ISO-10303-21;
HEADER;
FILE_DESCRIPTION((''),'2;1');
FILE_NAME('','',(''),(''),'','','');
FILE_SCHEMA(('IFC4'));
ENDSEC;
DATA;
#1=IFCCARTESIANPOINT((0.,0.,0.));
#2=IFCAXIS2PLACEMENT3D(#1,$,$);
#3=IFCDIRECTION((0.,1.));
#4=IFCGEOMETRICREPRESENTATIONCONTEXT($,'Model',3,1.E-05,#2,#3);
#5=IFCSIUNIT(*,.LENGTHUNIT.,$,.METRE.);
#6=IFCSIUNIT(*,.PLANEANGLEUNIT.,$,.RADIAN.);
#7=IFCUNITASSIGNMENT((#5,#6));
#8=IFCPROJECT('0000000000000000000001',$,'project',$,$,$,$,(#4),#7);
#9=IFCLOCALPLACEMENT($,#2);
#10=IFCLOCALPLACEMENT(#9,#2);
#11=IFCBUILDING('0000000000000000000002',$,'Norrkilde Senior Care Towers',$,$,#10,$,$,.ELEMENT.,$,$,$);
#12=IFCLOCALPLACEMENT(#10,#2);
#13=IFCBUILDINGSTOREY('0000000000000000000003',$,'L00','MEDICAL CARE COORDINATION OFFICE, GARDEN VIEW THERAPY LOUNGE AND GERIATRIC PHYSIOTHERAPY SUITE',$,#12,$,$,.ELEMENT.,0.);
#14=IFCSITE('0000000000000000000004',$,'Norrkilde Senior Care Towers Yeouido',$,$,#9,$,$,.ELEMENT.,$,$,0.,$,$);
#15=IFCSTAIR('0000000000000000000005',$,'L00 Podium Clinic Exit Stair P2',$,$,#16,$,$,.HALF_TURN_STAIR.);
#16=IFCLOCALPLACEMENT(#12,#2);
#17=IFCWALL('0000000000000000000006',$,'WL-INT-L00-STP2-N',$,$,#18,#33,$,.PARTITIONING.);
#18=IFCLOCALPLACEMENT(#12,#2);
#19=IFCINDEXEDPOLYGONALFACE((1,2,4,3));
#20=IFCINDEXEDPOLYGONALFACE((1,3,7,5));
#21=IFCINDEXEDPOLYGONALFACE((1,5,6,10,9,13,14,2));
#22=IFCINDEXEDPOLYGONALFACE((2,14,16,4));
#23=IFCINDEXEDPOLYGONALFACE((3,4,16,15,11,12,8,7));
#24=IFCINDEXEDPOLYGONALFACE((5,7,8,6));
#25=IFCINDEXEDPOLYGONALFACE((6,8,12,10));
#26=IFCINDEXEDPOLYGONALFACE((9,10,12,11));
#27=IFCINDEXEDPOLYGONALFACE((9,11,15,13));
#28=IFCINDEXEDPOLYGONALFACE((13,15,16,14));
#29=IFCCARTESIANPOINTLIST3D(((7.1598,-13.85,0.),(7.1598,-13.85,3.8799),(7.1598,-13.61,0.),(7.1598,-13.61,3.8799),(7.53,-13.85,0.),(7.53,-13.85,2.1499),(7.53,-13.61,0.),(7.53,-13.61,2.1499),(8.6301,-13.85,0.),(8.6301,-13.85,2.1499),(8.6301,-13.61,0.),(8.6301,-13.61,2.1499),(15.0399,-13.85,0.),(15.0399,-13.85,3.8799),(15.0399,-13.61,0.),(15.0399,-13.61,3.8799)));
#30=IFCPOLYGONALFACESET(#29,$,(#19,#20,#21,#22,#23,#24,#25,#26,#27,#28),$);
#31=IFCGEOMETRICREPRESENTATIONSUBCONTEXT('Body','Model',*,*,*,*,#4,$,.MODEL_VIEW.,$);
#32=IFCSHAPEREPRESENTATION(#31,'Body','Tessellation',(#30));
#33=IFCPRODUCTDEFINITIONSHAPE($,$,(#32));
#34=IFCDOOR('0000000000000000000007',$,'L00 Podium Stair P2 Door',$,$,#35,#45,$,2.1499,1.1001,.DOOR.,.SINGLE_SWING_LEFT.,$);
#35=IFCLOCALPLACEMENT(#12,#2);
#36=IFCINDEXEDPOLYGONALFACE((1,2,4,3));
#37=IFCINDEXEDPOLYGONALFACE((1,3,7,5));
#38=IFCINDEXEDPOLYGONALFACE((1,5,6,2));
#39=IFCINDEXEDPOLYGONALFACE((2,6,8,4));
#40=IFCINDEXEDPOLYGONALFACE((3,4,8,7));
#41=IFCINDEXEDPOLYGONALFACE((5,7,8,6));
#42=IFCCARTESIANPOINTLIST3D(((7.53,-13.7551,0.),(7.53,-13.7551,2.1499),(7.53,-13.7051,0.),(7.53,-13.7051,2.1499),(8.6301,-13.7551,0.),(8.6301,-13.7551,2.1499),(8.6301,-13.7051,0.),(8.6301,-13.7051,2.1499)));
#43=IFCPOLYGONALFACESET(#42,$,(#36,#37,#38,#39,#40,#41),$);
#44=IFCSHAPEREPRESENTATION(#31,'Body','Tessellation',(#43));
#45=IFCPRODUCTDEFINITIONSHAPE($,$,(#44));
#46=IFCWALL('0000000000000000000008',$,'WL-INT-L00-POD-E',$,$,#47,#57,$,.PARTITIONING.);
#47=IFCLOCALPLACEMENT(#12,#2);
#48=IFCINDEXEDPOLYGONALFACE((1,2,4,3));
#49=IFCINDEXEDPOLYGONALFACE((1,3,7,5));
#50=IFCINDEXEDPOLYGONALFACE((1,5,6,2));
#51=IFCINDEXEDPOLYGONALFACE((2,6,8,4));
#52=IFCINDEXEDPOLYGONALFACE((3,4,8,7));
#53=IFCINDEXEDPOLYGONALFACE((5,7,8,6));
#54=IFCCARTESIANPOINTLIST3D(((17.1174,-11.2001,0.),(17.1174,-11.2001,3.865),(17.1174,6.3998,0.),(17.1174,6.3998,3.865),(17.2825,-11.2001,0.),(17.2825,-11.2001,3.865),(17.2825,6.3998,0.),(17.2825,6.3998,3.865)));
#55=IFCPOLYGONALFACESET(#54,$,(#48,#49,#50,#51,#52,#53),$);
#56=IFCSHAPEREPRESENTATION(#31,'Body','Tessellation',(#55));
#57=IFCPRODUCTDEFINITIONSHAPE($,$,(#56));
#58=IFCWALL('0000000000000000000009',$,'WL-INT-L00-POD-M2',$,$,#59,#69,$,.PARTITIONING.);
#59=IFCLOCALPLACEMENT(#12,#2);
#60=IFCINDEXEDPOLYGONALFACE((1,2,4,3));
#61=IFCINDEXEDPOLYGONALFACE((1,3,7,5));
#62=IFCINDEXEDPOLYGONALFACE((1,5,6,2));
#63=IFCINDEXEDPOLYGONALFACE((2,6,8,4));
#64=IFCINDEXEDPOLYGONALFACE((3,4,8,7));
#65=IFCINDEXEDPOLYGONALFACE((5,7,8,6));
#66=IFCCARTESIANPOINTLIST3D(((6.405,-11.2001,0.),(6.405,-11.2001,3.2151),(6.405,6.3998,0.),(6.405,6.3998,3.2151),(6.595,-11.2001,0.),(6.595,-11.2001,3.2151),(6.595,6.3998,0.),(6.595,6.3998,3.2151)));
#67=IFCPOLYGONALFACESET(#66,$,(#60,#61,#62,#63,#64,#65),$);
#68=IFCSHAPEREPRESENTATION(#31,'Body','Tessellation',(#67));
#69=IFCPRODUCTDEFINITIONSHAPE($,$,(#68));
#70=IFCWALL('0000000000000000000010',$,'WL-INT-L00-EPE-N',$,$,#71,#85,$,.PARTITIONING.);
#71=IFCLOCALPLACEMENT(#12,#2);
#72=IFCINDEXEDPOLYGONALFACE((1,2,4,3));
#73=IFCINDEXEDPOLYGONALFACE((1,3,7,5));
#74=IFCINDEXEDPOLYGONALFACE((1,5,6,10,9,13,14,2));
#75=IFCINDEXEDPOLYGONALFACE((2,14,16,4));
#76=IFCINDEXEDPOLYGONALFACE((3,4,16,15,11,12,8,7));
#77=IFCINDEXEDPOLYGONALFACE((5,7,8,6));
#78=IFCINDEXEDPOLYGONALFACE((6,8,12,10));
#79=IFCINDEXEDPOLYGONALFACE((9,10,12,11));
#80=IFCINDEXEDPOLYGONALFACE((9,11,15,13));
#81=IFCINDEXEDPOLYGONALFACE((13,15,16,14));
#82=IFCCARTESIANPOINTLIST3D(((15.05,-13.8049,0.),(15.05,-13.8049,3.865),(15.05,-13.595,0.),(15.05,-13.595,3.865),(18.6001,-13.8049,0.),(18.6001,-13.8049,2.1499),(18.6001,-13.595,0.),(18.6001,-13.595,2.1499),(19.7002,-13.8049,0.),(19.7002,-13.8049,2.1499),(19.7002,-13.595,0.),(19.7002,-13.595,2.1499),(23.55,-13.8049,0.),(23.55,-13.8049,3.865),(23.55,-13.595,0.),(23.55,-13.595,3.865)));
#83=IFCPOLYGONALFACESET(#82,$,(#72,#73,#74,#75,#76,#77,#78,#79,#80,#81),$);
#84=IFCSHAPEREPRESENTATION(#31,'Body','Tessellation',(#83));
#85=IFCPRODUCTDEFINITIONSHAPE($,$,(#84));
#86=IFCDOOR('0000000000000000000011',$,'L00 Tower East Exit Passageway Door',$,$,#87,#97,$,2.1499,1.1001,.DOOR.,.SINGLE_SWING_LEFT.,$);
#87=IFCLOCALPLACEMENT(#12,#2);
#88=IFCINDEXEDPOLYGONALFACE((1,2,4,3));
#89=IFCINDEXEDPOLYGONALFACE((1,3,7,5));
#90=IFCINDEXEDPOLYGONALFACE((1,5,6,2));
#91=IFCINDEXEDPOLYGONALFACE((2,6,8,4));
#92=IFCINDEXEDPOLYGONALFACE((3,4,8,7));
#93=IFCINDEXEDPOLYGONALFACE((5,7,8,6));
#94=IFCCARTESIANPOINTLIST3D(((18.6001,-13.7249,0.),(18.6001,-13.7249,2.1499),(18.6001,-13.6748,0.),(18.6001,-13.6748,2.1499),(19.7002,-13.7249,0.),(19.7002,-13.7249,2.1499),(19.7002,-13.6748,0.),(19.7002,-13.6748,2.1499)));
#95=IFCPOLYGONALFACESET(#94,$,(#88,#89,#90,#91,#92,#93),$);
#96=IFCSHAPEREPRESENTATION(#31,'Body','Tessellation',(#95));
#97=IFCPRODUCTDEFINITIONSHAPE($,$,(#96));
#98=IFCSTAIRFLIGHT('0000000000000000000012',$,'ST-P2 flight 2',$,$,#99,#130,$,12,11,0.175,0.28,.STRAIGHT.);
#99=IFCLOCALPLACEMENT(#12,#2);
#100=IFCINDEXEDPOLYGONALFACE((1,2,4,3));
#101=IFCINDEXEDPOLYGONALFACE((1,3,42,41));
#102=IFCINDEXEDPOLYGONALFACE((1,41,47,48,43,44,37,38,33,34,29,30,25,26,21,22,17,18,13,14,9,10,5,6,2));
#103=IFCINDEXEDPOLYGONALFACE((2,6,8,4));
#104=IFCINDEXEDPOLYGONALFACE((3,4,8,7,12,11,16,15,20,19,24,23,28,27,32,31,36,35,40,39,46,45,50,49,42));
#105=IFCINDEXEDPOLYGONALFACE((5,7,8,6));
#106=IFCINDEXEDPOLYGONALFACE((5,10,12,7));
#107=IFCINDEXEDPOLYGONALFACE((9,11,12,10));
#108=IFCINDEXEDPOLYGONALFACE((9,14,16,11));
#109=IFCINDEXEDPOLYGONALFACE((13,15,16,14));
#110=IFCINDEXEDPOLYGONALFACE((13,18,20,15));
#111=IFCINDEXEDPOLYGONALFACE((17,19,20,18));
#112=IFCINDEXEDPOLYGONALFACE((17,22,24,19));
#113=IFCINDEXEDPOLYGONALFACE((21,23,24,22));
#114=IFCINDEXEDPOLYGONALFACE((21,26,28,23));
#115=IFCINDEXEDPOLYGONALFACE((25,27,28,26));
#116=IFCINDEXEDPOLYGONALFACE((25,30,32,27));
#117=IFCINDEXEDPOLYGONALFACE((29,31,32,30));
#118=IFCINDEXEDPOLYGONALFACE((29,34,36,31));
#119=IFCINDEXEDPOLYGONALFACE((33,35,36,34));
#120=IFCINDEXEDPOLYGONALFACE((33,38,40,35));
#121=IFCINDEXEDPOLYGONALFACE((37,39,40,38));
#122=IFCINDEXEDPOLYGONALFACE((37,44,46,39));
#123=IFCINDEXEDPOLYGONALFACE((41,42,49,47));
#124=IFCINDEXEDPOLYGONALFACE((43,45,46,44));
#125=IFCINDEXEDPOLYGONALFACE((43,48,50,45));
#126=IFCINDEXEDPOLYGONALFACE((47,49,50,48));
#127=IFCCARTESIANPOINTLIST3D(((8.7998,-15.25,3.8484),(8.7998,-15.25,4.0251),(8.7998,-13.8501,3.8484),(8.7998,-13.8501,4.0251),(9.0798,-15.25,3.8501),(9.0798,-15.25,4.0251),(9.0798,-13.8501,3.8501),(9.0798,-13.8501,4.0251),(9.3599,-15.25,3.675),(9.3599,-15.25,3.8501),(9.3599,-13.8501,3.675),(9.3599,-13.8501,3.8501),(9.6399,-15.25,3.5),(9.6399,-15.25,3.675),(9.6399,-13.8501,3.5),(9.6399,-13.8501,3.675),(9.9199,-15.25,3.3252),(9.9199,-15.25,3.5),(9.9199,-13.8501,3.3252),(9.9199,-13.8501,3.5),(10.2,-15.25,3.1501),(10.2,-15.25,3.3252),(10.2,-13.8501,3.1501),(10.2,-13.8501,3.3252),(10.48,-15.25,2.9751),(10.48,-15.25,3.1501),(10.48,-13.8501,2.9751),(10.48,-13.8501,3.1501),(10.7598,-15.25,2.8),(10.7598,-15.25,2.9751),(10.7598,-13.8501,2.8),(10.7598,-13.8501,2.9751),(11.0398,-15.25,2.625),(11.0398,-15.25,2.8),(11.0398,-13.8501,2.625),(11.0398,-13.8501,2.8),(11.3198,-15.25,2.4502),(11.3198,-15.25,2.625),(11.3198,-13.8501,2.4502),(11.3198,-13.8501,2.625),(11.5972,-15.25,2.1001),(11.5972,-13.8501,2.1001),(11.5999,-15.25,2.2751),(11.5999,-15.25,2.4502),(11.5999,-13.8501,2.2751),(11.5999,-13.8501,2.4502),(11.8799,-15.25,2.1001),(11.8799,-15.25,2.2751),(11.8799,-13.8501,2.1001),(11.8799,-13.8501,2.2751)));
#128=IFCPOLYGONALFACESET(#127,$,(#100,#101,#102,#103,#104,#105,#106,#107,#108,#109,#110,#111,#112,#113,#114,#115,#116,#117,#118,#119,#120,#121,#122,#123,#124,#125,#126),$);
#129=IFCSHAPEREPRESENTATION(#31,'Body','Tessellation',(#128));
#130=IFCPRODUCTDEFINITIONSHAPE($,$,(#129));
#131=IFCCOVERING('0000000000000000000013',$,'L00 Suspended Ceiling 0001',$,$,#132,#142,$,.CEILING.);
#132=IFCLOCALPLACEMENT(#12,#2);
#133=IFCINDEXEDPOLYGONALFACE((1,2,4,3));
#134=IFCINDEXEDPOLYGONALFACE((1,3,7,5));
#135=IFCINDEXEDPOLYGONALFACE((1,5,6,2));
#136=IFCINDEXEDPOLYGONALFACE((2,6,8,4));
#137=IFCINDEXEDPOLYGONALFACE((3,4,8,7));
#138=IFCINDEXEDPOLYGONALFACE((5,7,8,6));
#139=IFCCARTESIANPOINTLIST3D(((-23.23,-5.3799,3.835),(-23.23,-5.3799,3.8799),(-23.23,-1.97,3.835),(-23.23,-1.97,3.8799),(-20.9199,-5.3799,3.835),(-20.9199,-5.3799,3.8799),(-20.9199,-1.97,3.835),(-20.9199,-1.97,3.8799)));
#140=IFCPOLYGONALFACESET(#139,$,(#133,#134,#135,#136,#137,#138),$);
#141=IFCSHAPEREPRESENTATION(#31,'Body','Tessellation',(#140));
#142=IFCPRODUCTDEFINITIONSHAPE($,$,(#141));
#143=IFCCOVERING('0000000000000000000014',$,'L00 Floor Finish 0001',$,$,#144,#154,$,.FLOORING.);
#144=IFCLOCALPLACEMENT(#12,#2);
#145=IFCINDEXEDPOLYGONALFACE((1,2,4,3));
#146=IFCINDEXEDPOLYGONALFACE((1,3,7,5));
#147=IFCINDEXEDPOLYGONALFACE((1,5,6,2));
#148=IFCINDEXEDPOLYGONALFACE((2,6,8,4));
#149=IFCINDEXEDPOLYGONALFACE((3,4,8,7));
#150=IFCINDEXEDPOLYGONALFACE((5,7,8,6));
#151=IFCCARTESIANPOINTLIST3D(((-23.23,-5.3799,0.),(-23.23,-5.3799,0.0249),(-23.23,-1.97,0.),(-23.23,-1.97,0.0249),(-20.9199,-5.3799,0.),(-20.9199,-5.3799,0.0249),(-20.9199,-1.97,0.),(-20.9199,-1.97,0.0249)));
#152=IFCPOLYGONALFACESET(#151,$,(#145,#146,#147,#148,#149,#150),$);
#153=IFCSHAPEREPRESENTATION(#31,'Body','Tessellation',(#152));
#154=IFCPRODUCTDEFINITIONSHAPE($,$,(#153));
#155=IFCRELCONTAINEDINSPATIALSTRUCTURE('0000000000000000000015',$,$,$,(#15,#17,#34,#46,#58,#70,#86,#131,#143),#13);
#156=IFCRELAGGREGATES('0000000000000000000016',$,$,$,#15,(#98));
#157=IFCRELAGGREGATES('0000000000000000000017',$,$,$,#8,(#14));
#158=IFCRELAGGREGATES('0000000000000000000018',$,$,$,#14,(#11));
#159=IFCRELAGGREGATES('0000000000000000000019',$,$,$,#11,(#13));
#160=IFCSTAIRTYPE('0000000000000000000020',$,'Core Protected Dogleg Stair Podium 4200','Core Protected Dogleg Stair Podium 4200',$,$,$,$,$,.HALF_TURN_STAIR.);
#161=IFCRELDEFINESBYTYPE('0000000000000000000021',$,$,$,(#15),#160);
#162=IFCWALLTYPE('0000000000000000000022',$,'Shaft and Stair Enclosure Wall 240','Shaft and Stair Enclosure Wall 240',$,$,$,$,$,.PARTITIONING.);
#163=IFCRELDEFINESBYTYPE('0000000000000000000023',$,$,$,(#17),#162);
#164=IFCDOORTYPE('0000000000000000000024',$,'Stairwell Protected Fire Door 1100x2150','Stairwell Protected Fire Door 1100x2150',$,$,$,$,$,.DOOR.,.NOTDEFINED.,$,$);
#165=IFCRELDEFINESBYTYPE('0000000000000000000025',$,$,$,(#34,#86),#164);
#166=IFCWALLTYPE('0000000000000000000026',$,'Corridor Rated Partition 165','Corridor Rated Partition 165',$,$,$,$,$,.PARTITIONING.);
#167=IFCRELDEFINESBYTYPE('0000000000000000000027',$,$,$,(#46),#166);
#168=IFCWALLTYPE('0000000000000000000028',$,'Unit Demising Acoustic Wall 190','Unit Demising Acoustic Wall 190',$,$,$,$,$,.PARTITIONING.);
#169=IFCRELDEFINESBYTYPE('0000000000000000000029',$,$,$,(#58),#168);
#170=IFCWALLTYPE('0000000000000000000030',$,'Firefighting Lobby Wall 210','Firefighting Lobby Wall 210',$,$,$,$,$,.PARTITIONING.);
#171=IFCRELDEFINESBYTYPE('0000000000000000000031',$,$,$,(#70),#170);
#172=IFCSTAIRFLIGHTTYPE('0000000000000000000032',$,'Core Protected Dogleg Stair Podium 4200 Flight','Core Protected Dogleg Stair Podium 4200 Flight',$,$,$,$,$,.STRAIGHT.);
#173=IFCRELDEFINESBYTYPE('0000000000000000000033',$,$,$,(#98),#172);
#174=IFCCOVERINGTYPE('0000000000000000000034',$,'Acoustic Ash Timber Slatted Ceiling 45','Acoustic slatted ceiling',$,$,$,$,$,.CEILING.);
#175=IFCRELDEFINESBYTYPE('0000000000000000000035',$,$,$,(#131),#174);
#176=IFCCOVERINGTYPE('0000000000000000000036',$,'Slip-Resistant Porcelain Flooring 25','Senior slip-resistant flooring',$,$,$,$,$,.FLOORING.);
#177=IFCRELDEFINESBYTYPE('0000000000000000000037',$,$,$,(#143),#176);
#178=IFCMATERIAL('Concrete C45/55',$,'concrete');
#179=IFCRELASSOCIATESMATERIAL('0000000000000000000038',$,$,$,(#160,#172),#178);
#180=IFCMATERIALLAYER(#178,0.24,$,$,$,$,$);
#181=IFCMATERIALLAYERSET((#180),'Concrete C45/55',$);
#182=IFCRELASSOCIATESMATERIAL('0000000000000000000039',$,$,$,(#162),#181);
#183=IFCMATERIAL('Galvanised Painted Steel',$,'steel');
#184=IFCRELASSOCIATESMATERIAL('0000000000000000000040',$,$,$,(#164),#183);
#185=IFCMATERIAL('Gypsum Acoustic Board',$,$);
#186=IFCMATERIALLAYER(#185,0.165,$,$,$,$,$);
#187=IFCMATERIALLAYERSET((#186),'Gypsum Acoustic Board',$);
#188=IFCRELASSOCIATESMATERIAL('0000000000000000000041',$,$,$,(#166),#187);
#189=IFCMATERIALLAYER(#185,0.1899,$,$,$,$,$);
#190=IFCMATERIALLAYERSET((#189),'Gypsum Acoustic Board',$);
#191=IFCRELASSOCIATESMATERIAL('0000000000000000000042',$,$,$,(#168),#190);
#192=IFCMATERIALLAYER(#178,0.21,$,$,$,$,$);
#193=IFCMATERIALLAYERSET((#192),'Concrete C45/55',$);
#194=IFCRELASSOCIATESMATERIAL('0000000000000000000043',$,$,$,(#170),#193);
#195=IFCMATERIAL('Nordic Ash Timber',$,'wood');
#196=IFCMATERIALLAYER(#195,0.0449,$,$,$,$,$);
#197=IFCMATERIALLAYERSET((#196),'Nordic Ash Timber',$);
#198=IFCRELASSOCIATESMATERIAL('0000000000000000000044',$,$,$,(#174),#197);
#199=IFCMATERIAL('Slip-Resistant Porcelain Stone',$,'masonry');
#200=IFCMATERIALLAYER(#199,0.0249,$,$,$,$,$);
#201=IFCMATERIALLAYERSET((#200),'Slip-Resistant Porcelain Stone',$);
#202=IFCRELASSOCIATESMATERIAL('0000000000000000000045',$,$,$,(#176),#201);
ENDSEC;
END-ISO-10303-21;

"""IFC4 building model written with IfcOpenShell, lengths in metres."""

from ifc_helpers import new_model, si_unit, direction, frame, frame_2d, origin, place, context, subcontext, project, spatial, polyline, rectangle, outline, extrude, source, transform, mapped, material, layer, layer_set, type_object, type_shapes, element, fill, aggregate, save


model = new_model("IFC4")

# Units and contexts
model_context = context("Model", 3, precision=1e-05, world=origin(), true_north=direction((0.0, 1.0)))
body_context = subcontext(model_context, "Body", "Model", "MODEL_VIEW")
ifc_project = project(units=[si_unit("LENGTHUNIT", "METRE"), si_unit("PLANEANGLEUNIT", "RADIAN")], contexts=[model_context])

# Site, building, storey
site_placement = place(None, origin())
site = spatial("IfcSite", under=ifc_project, at=site_placement, Name="Norrkilde Senior Care Towers Yeouido", CompositionType="ELEMENT", RefElevation=0.0)
building_placement = place(site_placement, origin())
building = spatial("IfcBuilding", under=site, at=building_placement, Name="Norrkilde Senior Care Towers", CompositionType="ELEMENT")
storey_placement = place(building_placement, origin())
storey = spatial("IfcBuildingStorey", under=building, at=storey_placement, Name="L00", Description="MEDICAL CARE COORDINATION OFFICE, GARDEN VIEW THERAPY LOUNGE AND GERIATRIC PHYSIOTHERAPY SUITE", CompositionType="ELEMENT", Elevation=0.0)

# Stair
ifc_material_1 = material(Name="Concrete C45/55", Category="concrete")
stair_type = type_object("IfcStairType", Name="Core Protected Dogleg Stair Podium 4200", Description="Core Protected Dogleg Stair Podium 4200", PredefinedType="HALF_TURN_STAIR", material=ifc_material_1)
stair_1_placement = place(storey_placement, origin())
stair_1 = element("IfcStair", 1, at=stair_1_placement, inside=storey, type_object=stair_type, Name="L00 Podium Clinic Exit Stair P2", PredefinedType="HALF_TURN_STAIR")

# Shared definitions
ifc_material_2 = material(Name="Galvanised Painted Steel", Category="steel")
ifc_layer_1 = layer(ifc_material_1, 0.24)
ifc_layer_set_1 = layer_set([ifc_layer_1], Name="Concrete C45/55")
wall_type_1 = type_object("IfcWallType", Name="Shaft and Stair Enclosure Wall 240", Description="Shaft and Stair Enclosure Wall 240", PredefinedType="PARTITIONING", material=ifc_layer_set_1)
door_type_1 = type_object("IfcDoorType", Name="Stairwell Protected Fire Door 1100x2150", Description="Stairwell Protected Fire Door 1100x2150", OperationType="NOTDEFINED", PredefinedType="DOOR", material=ifc_material_2)
shared_shape_1 = source(origin(), body_context, "Body", "SweptSolid", [
    extrude(rectangle(XDim=1.1001, YDim=2.1499, at=frame_2d((0.55, 1.075))), frame((0.0, 0.0249, 0.0), z_axis=(0.0, -1.0, 0.0), x_axis=(1.0, 0.0, 0.0)), (0.0, 0.0, 1.0), 0.05),
])
type_shapes(door_type_1, [shared_shape_1])

# Wall, opening, door
shared_shape_2 = source(origin(), body_context, "Body", "SweptSolid", [
    extrude(rectangle(XDim=7.8801, YDim=0.24, at=frame_2d((3.9399, 0.0))), origin(), (0.0, 0.0, 1.0), 3.8799),
])
wall_1_placement = place(storey_placement, frame((7.1599, -13.73, 0.0), z_axis=(0.0, 0.0, 1.0), x_axis=(1.0, 0.0, 0.0)))
wall_1 = element("IfcWall", 2, at=wall_1_placement, inside=storey, type_object=wall_type_1, Name="WL-INT-L00-STP2-N", PredefinedType="PARTITIONING", context=body_context, shape_type="MappedRepresentation", body=[
    mapped(shared_shape_2, transform((0.0, 0.0, 0.0), x_axis=(1.0, 0.0, 0.0), y_axis=(0.0, 1.0, 0.0), z_axis=(0.0, 0.0, 1.0), scale=1.0)),
])
opening_1_placement = place(wall_1_placement, frame((0.3701, 0.0, 0.0)))
opening_1 = element("IfcOpeningElement", 3, at=opening_1_placement, cuts=wall_1, PredefinedType="OPENING", context=body_context, shape_type="SweptSolid", body=[
    extrude(rectangle(XDim=1.1001, YDim=2.1499, at=frame_2d((0.55, 1.075))), frame((0.0, 0.1299, 0.0), z_axis=(0.0, -1.0, 0.0), x_axis=(1.0, 0.0, 0.0)), (0.0, 0.0, 1.0), 0.26),
])
door_1_placement = place(opening_1_placement, origin())
door_1 = element("IfcDoor", 4, at=door_1_placement, inside=storey, type_object=door_type_1, Name="L00 Podium Stair P2 Door", OperationType="SINGLE_SWING_LEFT", OverallHeight=2.1499, OverallWidth=1.1001, PredefinedType="DOOR", context=body_context, shape_type="MappedRepresentation", body=[
    mapped(shared_shape_1, transform((0.0, 0.0, 0.0), x_axis=(1.0, 0.0, 0.0), y_axis=(0.0, 1.0, 0.0), z_axis=(0.0, 0.0, 1.0), scale=1.0)),
])
fill(opening_1, door_1)

# Walls
ifc_material_3 = material(Name="Gypsum Acoustic Board")
ifc_layer_2 = layer(ifc_material_3, 0.165)
ifc_layer_set_2 = layer_set([ifc_layer_2], Name="Gypsum Acoustic Board")
wall_type_2 = type_object("IfcWallType", Name="Corridor Rated Partition 165", Description="Corridor Rated Partition 165", PredefinedType="PARTITIONING", material=ifc_layer_set_2)
shared_shape_3 = source(origin(), body_context, "Body", "SweptSolid", [
    extrude(rectangle(XDim=17.5999, YDim=0.165, at=frame_2d((8.7998, 0.0))), origin(), (0.0, 0.0, 1.0), 3.865),
])
type_shapes(wall_type_2, [shared_shape_3])
wall_2_placement = place(storey_placement, frame((17.2, -11.2, 0.0), z_axis=(0.0, 0.0, 1.0), x_axis=(0.0, 1.0, 0.0)))
element("IfcWall", 5, at=wall_2_placement, inside=storey, type_object=wall_type_2, Name="WL-INT-L00-POD-E", PredefinedType="PARTITIONING", context=body_context, shape_type="MappedRepresentation", body=[
    mapped(shared_shape_3, transform((0.0, 0.0, 0.0), x_axis=(1.0, 0.0, 0.0), y_axis=(0.0, 1.0, 0.0), z_axis=(0.0, 0.0, 1.0), scale=1.0)),
])
ifc_layer_3 = layer(ifc_material_3, 0.1899)
ifc_layer_set_3 = layer_set([ifc_layer_3], Name="Gypsum Acoustic Board")
wall_type_3 = type_object("IfcWallType", Name="Unit Demising Acoustic Wall 190", Description="Unit Demising Acoustic Wall 190", PredefinedType="PARTITIONING", material=ifc_layer_set_3)
shared_shape_4 = source(origin(), body_context, "Body", "SweptSolid", [
    extrude(rectangle(XDim=17.5999, YDim=0.1899, at=frame_2d((8.7998, 0.0))), origin(), (0.0, 0.0, 1.0), 3.2151),
])
type_shapes(wall_type_3, [shared_shape_4])
wall_3_placement = place(storey_placement, frame((6.5, -11.2, 0.0), z_axis=(0.0, 0.0, 1.0), x_axis=(0.0, 1.0, 0.0)))
element("IfcWall", 6, at=wall_3_placement, inside=storey, type_object=wall_type_3, Name="WL-INT-L00-POD-M2", PredefinedType="PARTITIONING", context=body_context, shape_type="MappedRepresentation", body=[
    mapped(shared_shape_4, transform((0.0, 0.0, 0.0), x_axis=(1.0, 0.0, 0.0), y_axis=(0.0, 1.0, 0.0), z_axis=(0.0, 0.0, 1.0), scale=1.0)),
])

# Wall, opening, door
ifc_layer_4 = layer(ifc_material_1, 0.21)
ifc_layer_set_4 = layer_set([ifc_layer_4], Name="Concrete C45/55")
wall_type_4 = type_object("IfcWallType", Name="Firefighting Lobby Wall 210", Description="Firefighting Lobby Wall 210", PredefinedType="PARTITIONING", material=ifc_layer_set_4)
shared_shape_5 = source(origin(), body_context, "Body", "SweptSolid", [
    extrude(rectangle(XDim=8.5, YDim=0.21, at=frame_2d((4.25, 0.0))), origin(), (0.0, 0.0, 1.0), 3.865),
])
type_shapes(wall_type_4, [shared_shape_5])
wall_4_placement = place(storey_placement, frame((15.05, -13.7, 0.0), z_axis=(0.0, 0.0, 1.0), x_axis=(1.0, 0.0, 0.0)))
wall_4 = element("IfcWall", 7, at=wall_4_placement, inside=storey, type_object=wall_type_4, Name="WL-INT-L00-EPE-N", PredefinedType="PARTITIONING", context=body_context, shape_type="MappedRepresentation", body=[
    mapped(shared_shape_5, transform((0.0, 0.0, 0.0), x_axis=(1.0, 0.0, 0.0), y_axis=(0.0, 1.0, 0.0), z_axis=(0.0, 0.0, 1.0), scale=1.0)),
])
opening_2_placement = place(wall_4_placement, frame((3.55, 0.0, 0.0)))
opening_2 = element("IfcOpeningElement", 8, at=opening_2_placement, cuts=wall_4, PredefinedType="OPENING", context=body_context, shape_type="SweptSolid", body=[
    extrude(rectangle(XDim=1.1001, YDim=2.1499, at=frame_2d((0.55, 1.075))), frame((0.0, 0.115, 0.0), z_axis=(0.0, -1.0, 0.0), x_axis=(1.0, 0.0, 0.0)), (0.0, 0.0, 1.0), 0.23),
])
door_2_placement = place(opening_2_placement, frame((1.1001, 0.0, 0.0), z_axis=(0.0, 0.0, 1.0), x_axis=(-1.0, 0.0, 0.0)))
door_2 = element("IfcDoor", 9, at=door_2_placement, inside=storey, type_object=door_type_1, Name="L00 Tower East Exit Passageway Door", OperationType="SINGLE_SWING_LEFT", OverallHeight=2.1499, OverallWidth=1.1001, PredefinedType="DOOR", context=body_context, shape_type="MappedRepresentation", body=[
    mapped(shared_shape_1, transform((0.0, 0.0, 0.0), x_axis=(1.0, 0.0, 0.0), y_axis=(0.0, 1.0, 0.0), z_axis=(0.0, 0.0, 1.0), scale=1.0)),
])
fill(opening_2, door_2)

# Stair flight
stair_flight_type = type_object("IfcStairFlightType", Name="Core Protected Dogleg Stair Podium 4200 Flight", Description="Core Protected Dogleg Stair Podium 4200 Flight", PredefinedType="STRAIGHT", material=ifc_material_1)
stair_flight_placement = place(storey_placement, frame((11.8799, -14.55, 2.1001), z_axis=(0.0, 0.0, 1.0), x_axis=(-1.0, 0.0, 0.0)))
stair_flight = element("IfcStairFlight", 10, at=stair_flight_placement, type_object=stair_flight_type, Name="ST-P2 flight 2", NumberOfRisers=12, NumberOfTreads=11, PredefinedType="STRAIGHT", RiserHeight=0.175, TreadLength=0.28, context=body_context, shape_type="SweptSolid", body=[
    extrude(outline(polyline([(0.0, 0.0), (0.0, 0.175), (0.28, 0.175), (0.28, 0.3501), (0.5601, 0.3501), (0.5601, 0.5249), (0.8401, 0.5249), (0.8401, 0.7), (1.1201, 0.7), (1.1201, 0.875), (1.3999, 0.875), (1.3999, 1.05), (1.6799, 1.05), (1.6799, 1.2251), (1.96, 1.2251), (1.96, 1.3999), (2.24, 1.3999), (2.24, 1.575), (2.52, 1.575), (2.52, 1.75), (2.8, 1.75), (2.8, 1.925), (3.0801, 1.925), (3.0801, 2.1001), (3.0801, 1.7483), (0.2827, 0.0), (0.0, 0.0)])), frame((0.0, 0.7, 0.0), z_axis=(0.0, -1.0, 0.0), x_axis=(1.0, 0.0, 0.0)), (0.0, 0.0, 1.0), 1.3999),
])
aggregate(stair_1, [stair_flight])

# Coverings
ifc_material_4 = material(Name="Nordic Ash Timber", Category="wood")
ifc_layer_5 = layer(ifc_material_4, 0.0449)
ifc_layer_set_5 = layer_set([ifc_layer_5], Name="Nordic Ash Timber")
covering_type_1 = type_object("IfcCoveringType", Name="Acoustic Ash Timber Slatted Ceiling 45", Description="Acoustic slatted ceiling", PredefinedType="CEILING", material=ifc_layer_set_5)
covering_1_placement = place(storey_placement, frame((0.0, 0.0, 3.835)))
element("IfcCovering", 11, at=covering_1_placement, inside=storey, type_object=covering_type_1, Name="L00 Suspended Ceiling 0001", PredefinedType="CEILING", context=body_context, shape_type="SweptSolid", body=[
    extrude(outline(polyline([(-23.23, -1.97), (-20.9199, -1.97), (-20.9199, -5.3799), (-23.23, -5.3799), (-23.23, -1.97)])), origin(), (0.0, 0.0, 1.0), 0.0449),
])
ifc_material_5 = material(Name="Slip-Resistant Porcelain Stone", Category="masonry")
ifc_layer_6 = layer(ifc_material_5, 0.0249)
ifc_layer_set_6 = layer_set([ifc_layer_6], Name="Slip-Resistant Porcelain Stone")
covering_type_2 = type_object("IfcCoveringType", Name="Slip-Resistant Porcelain Flooring 25", Description="Senior slip-resistant flooring", PredefinedType="FLOORING", material=ifc_layer_set_6)
covering_2_placement = place(storey_placement, origin())
element("IfcCovering", 12, at=covering_2_placement, inside=storey, type_object=covering_type_2, Name="L00 Floor Finish 0001", PredefinedType="FLOORING", context=body_context, shape_type="SweptSolid", body=[
    extrude(outline(polyline([(-23.23, -1.97), (-20.9199, -1.97), (-20.9199, -5.3799), (-23.23, -5.3799), (-23.23, -1.97)])), origin(), (0.0, 0.0, 1.0), 0.0249),
])

save(model, "model.ifc")
